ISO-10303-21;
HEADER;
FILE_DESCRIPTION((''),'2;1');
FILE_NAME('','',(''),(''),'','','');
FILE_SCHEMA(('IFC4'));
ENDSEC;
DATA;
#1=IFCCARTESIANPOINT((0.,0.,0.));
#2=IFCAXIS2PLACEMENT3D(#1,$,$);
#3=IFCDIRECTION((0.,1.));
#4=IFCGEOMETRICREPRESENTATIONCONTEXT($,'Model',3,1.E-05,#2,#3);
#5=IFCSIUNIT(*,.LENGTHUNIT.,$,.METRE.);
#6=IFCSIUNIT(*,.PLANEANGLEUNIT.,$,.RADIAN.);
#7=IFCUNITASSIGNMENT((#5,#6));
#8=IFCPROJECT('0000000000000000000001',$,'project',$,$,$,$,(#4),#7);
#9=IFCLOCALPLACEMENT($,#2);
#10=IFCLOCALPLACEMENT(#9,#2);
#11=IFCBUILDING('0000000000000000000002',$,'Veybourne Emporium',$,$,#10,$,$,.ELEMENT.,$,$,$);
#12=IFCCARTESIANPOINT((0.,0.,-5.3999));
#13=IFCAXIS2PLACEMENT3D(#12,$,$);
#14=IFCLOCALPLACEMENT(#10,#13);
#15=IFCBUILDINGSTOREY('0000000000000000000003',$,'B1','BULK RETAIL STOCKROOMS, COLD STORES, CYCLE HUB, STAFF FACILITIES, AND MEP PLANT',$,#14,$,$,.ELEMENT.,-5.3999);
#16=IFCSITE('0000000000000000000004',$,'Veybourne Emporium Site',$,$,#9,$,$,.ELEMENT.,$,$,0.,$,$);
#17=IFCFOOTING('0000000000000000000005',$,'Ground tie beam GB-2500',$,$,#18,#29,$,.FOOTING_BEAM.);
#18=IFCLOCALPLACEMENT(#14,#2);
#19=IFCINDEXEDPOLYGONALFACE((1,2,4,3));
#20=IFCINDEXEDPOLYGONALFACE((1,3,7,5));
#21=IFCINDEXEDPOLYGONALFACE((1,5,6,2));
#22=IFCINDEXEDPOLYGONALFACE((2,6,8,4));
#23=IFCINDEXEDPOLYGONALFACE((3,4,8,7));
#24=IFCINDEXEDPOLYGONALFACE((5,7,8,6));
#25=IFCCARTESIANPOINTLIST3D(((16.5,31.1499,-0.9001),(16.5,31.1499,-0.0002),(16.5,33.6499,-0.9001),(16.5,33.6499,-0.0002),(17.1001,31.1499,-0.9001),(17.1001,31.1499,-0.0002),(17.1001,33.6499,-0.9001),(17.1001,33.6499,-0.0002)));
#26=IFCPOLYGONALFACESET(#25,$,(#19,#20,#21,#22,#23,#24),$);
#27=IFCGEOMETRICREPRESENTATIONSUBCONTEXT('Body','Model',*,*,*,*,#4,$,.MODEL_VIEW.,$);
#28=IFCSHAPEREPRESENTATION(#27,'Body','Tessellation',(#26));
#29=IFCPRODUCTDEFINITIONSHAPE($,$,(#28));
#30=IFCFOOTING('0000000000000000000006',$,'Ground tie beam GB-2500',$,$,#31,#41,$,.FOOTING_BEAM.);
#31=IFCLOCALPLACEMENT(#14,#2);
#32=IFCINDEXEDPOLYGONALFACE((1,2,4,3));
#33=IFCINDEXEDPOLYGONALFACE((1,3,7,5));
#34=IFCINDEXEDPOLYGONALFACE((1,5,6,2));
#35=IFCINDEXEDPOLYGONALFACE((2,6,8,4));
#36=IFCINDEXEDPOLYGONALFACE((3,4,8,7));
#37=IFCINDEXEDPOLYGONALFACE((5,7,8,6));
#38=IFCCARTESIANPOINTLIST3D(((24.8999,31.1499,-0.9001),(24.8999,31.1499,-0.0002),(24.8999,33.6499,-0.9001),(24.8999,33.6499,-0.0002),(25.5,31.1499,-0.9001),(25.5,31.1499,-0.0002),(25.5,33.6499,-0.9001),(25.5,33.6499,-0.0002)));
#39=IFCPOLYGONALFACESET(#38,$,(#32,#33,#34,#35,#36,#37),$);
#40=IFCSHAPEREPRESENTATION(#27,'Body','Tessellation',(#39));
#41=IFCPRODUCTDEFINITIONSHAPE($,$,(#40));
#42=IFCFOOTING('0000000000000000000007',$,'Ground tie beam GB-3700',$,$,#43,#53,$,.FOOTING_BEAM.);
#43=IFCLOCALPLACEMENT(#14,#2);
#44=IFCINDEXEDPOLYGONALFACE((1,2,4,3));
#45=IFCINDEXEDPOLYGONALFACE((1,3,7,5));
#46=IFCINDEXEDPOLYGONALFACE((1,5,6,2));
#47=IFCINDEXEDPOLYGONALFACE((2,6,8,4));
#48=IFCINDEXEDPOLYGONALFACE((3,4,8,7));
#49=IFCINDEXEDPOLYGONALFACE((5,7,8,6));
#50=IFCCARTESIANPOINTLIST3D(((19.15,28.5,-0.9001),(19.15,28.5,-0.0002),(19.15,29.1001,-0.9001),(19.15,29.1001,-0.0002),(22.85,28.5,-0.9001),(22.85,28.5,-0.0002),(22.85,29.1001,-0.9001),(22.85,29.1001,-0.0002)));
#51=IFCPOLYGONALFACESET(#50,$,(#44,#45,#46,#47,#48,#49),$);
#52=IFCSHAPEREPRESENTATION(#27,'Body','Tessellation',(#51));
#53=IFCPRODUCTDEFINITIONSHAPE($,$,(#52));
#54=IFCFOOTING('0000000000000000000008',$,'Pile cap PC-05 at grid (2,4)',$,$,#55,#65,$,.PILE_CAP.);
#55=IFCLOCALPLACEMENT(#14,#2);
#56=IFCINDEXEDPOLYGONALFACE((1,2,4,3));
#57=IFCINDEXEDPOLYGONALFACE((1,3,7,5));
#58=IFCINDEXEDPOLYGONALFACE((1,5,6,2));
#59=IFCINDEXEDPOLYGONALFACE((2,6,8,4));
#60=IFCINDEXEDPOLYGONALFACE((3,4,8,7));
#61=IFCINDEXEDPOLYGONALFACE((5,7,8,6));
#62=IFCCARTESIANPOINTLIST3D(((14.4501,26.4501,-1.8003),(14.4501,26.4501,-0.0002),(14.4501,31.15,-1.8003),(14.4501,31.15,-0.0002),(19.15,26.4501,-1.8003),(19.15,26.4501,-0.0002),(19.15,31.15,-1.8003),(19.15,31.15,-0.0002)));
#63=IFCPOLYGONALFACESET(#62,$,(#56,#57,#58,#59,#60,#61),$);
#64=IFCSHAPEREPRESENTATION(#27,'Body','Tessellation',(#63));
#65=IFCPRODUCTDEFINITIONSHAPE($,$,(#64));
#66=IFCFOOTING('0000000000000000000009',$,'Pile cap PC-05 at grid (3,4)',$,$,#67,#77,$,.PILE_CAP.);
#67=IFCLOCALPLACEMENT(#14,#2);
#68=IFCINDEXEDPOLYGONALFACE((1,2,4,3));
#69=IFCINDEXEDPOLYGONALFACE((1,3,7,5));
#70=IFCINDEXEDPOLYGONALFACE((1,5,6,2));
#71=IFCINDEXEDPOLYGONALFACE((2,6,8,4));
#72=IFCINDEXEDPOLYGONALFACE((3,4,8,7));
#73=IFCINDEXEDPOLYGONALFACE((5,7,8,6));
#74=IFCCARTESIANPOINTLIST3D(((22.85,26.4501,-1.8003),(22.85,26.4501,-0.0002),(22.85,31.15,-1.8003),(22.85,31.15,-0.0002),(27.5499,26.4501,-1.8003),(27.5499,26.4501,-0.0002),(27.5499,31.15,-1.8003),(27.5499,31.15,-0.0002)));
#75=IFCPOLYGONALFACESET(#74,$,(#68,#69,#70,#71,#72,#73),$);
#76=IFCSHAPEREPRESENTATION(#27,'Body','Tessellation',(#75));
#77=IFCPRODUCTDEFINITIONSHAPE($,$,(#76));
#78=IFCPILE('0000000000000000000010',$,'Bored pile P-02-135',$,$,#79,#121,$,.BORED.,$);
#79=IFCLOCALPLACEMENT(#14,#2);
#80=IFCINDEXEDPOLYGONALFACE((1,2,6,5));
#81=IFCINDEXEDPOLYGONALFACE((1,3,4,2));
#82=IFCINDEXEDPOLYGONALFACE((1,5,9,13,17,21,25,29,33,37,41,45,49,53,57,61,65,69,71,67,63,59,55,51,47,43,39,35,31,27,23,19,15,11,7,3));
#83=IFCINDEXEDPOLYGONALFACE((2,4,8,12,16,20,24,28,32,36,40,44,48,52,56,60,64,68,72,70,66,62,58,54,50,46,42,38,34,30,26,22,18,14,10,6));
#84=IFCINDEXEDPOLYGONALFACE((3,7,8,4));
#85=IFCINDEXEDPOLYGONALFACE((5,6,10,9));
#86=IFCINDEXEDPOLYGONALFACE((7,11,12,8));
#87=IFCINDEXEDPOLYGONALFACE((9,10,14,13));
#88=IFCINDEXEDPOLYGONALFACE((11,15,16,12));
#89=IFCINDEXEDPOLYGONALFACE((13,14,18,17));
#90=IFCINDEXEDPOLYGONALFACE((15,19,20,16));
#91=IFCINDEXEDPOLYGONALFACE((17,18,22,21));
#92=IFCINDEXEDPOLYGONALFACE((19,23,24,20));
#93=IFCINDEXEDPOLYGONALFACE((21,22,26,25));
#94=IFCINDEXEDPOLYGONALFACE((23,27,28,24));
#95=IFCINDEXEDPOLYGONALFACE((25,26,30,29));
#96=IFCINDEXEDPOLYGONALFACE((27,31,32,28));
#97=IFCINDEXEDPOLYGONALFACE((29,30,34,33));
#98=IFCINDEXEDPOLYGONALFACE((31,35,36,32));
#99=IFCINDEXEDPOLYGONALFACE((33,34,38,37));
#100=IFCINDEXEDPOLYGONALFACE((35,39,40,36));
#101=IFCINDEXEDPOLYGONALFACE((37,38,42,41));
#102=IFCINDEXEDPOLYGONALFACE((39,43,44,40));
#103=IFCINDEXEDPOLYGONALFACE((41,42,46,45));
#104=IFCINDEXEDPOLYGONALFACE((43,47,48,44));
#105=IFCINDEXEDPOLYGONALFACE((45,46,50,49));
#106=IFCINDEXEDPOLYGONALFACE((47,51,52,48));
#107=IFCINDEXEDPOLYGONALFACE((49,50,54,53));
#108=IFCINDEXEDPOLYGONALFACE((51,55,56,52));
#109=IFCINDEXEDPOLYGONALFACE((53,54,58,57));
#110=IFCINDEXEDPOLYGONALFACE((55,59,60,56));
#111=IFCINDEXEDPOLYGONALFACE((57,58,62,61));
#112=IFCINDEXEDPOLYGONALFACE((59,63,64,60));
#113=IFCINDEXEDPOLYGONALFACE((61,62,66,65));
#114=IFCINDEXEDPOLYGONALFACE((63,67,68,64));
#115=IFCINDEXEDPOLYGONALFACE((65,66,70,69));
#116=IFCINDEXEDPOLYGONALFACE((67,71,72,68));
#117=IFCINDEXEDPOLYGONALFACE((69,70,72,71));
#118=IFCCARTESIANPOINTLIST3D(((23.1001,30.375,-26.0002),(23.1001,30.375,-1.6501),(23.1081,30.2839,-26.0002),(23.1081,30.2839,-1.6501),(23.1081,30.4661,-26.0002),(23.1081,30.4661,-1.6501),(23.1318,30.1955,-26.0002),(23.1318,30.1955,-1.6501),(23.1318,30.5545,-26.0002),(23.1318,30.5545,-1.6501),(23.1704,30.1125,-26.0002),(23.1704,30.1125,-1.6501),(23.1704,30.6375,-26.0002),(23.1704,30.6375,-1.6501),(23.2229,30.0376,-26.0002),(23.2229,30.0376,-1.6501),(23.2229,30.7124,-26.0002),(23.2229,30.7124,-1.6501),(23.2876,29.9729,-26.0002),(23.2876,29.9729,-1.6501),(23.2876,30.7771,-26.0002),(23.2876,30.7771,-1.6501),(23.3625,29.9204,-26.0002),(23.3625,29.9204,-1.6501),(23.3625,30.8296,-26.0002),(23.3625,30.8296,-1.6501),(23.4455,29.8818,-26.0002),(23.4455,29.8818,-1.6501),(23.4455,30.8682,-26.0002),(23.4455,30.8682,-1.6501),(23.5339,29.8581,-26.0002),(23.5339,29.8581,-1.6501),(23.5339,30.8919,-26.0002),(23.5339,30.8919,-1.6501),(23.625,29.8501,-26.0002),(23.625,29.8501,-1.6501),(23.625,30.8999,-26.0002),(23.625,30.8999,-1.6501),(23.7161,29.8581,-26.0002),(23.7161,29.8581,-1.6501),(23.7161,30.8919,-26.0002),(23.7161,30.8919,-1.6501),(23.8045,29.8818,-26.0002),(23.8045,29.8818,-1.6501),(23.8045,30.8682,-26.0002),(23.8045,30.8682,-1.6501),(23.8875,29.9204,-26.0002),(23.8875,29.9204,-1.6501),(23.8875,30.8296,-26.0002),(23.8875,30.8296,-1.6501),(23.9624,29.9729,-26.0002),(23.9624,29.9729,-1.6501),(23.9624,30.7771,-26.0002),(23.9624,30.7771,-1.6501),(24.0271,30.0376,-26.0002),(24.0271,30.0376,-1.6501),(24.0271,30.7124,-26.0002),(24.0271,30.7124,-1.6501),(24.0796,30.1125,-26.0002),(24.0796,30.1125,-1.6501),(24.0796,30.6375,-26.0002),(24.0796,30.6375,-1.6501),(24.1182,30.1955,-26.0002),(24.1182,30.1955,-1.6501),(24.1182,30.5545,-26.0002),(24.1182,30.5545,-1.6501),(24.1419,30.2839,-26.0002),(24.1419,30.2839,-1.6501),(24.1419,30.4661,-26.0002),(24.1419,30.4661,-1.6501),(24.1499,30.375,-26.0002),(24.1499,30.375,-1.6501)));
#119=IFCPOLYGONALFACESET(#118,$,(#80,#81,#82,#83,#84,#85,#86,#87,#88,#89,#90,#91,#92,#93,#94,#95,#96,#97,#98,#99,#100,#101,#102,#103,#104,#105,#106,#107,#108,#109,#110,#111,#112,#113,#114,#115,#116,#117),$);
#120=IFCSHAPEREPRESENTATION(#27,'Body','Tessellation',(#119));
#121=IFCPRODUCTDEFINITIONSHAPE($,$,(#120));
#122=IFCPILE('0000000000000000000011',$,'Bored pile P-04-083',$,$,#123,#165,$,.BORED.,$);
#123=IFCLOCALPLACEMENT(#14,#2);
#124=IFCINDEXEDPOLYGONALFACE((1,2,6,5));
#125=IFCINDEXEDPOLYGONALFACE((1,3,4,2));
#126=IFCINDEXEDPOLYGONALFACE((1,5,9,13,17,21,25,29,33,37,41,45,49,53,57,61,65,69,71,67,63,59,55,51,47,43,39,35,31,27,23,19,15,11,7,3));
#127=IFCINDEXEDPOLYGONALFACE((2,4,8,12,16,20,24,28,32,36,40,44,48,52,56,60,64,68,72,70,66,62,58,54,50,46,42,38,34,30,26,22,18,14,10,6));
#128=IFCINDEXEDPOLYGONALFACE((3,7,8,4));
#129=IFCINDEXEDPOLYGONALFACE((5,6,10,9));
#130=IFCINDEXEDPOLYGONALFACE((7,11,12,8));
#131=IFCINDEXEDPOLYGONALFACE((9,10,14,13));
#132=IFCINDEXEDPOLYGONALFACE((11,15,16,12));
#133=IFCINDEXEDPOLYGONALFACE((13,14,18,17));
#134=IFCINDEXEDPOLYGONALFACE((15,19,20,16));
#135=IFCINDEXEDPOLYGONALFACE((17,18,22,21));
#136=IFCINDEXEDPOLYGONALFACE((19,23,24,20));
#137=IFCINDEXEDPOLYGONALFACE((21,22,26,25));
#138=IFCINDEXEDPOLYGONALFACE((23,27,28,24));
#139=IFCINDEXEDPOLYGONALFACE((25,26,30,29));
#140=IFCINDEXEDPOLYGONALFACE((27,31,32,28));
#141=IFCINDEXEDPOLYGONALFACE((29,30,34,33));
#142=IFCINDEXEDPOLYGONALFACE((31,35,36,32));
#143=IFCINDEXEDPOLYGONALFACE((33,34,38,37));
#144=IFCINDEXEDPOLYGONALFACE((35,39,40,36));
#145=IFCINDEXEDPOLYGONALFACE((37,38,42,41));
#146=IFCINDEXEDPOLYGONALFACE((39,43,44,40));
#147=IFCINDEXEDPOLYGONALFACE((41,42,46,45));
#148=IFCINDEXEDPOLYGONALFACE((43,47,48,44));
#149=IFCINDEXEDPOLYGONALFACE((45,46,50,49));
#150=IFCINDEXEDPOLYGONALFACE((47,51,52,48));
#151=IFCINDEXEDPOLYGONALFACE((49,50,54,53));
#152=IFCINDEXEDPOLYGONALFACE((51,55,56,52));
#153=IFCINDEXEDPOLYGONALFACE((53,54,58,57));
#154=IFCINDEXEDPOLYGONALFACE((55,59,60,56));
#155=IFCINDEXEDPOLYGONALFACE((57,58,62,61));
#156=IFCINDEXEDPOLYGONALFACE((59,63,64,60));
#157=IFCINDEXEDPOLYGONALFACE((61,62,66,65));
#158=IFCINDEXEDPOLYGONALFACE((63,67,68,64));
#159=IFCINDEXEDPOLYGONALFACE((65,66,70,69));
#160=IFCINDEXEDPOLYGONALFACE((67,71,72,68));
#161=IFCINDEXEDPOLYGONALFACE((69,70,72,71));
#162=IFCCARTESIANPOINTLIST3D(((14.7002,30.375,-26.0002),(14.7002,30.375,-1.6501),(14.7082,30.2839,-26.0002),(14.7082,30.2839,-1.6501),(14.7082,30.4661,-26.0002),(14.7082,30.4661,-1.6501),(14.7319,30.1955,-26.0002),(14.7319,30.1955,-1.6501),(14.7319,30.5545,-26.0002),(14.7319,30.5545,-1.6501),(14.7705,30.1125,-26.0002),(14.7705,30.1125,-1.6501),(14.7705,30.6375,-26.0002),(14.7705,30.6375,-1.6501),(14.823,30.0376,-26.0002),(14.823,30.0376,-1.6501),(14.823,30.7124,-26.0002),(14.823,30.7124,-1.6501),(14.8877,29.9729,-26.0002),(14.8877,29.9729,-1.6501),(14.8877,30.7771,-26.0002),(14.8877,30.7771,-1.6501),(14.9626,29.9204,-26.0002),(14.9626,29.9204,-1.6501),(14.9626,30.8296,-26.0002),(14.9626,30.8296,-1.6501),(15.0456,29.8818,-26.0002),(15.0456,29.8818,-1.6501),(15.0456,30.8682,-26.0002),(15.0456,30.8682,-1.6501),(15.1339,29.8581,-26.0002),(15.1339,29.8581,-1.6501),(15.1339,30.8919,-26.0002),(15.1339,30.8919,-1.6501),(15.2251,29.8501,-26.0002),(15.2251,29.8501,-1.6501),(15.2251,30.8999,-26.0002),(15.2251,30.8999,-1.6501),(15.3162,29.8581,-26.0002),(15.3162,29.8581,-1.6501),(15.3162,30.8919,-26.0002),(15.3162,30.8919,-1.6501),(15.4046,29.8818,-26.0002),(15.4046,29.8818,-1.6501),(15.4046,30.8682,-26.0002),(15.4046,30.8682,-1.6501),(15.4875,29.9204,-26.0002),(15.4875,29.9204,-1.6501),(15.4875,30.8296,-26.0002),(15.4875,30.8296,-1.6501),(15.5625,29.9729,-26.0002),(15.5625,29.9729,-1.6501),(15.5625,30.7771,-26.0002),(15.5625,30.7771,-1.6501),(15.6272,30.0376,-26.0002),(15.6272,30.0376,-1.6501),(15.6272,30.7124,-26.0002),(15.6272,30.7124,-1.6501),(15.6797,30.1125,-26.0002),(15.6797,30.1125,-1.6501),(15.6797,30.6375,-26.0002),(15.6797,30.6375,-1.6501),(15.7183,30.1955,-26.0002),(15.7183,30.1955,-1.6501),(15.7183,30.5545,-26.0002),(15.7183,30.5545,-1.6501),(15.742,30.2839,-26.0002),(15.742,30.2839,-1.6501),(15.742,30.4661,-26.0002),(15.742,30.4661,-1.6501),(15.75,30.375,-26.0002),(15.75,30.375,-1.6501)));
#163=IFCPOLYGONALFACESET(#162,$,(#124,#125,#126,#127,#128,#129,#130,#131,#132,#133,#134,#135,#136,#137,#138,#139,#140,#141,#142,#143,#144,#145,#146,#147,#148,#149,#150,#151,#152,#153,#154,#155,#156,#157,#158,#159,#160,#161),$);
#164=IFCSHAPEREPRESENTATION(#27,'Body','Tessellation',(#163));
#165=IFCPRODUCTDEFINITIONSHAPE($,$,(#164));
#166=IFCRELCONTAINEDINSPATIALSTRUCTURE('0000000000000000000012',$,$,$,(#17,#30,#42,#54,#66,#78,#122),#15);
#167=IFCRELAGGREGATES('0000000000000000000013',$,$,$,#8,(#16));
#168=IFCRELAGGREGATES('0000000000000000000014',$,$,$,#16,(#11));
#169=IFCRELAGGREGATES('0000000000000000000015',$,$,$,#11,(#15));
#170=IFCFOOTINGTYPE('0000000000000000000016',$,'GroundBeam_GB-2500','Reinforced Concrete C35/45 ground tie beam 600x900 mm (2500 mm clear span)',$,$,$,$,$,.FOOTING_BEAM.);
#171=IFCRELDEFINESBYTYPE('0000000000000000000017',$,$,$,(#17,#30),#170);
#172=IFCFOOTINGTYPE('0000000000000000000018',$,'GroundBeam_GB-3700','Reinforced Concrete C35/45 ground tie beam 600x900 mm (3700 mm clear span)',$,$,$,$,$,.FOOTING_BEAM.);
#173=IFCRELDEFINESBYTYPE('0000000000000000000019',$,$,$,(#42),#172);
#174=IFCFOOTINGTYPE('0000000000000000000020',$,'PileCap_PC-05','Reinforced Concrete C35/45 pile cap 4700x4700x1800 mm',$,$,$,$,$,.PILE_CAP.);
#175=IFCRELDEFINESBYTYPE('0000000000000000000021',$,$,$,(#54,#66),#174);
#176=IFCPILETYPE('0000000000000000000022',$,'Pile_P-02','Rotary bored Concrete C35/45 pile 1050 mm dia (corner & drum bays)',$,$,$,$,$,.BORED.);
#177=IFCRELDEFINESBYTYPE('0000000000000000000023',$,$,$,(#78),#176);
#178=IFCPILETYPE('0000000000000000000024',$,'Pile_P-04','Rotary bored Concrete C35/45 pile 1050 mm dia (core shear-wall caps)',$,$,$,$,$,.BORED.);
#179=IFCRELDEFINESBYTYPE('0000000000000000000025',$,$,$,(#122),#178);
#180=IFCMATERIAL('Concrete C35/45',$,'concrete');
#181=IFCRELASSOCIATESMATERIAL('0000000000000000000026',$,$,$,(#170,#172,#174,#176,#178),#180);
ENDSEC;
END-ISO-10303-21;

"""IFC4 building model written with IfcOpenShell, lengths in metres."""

from ifc_helpers import new_model, si_unit, direction, frame, origin, origin_2d, place, context, subcontext, project, spatial, rectangle, circle, extrude, material, material_profile, profile_set, type_object, element, save


model = new_model("IFC4")

# Units and contexts
model_context = context("Model", 3, precision=1e-05, world=origin(), true_north=direction((0.0, 1.0)))
body_context = subcontext(model_context, "Body", "Model", "MODEL_VIEW")
ifc_project = project(units=[si_unit("LENGTHUNIT", "METRE"), si_unit("PLANEANGLEUNIT", "RADIAN")], contexts=[model_context])

# Site, building, storey
site_placement = place(None, origin())
site = spatial("IfcSite", under=ifc_project, at=site_placement, Name="Veybourne Emporium Site", CompositionType="ELEMENT", RefElevation=0.0)
building_placement = place(site_placement, origin())
building = spatial("IfcBuilding", under=site, at=building_placement, Name="Veybourne Emporium", CompositionType="ELEMENT")
storey_placement = place(building_placement, frame((0.0, 0.0, -5.3999)))
storey = spatial("IfcBuildingStorey", under=building, at=storey_placement, Name="B1", Description="BULK RETAIL STOCKROOMS, COLD STORES, CYCLE HUB, STAFF FACILITIES, AND MEP PLANT", CompositionType="ELEMENT", Elevation=-5.3999)

# Footings
ifc_material_1 = material(Name="Concrete C35/45", Category="concrete")
footing_type_1 = type_object("IfcFootingType", Name="GroundBeam_GB-2500", Description="Reinforced Concrete C35/45 ground tie beam 600x900 mm (2500 mm clear span)", PredefinedType="FOOTING_BEAM", material=ifc_material_1)
for number, where, z_axis, x_axis, name in (
    (1, (16.8, 32.3999, -0.9001), (0.0, 0.0, 1.0), (0.0, 1.0, 0.0), "Ground tie beam GB-2500"),
    (2, (25.2, 32.3999, -0.9001), (0.0, 0.0, 1.0), (0.0, 1.0, 0.0), "Ground tie beam GB-2500"),
):
    element("IfcFooting", number, at=place(storey_placement, frame(where, z_axis=z_axis, x_axis=x_axis)), inside=storey, type_object=footing_type_1, Name=name, PredefinedType="FOOTING_BEAM", context=body_context, shape_type="SweptSolid", body=[
        extrude(rectangle(XDim=2.5, YDim=0.6001, at=origin_2d()), origin(), (0.0, 0.0, 1.0), 0.8999),
    ])
footing_type_2 = type_object("IfcFootingType", Name="GroundBeam_GB-3700", Description="Reinforced Concrete C35/45 ground tie beam 600x900 mm (3700 mm clear span)", PredefinedType="FOOTING_BEAM", material=ifc_material_1)
footing_placement = place(storey_placement, frame((21.0, 28.8, -0.9001), z_axis=(0.0, 0.0, 1.0), x_axis=(1.0, 0.0, 0.0)))
element("IfcFooting", 3, at=footing_placement, inside=storey, type_object=footing_type_2, Name="Ground tie beam GB-3700", PredefinedType="FOOTING_BEAM", context=body_context, shape_type="SweptSolid", body=[
    extrude(rectangle(XDim=3.7, YDim=0.6001, at=origin_2d()), origin(), (0.0, 0.0, 1.0), 0.8999),
])
footing_type_3 = type_object("IfcFootingType", Name="PileCap_PC-05", Description="Reinforced Concrete C35/45 pile cap 4700x4700x1800 mm", PredefinedType="PILE_CAP", material=ifc_material_1)
for number, where, z_axis, x_axis, name in (
    (4, (16.8, 28.8, -1.8003), (0.0, 0.0, 1.0), (1.0, 0.0, 0.0), "Pile cap PC-05 at grid (2,4)"),
    (5, (25.2, 28.8, -1.8003), (0.0, 0.0, 1.0), (1.0, 0.0, 0.0), "Pile cap PC-05 at grid (3,4)"),
):
    element("IfcFooting", number, at=place(storey_placement, frame(where, z_axis=z_axis, x_axis=x_axis)), inside=storey, type_object=footing_type_3, Name=name, PredefinedType="PILE_CAP", context=body_context, shape_type="SweptSolid", body=[
        extrude(rectangle(XDim=4.7, YDim=4.7, at=origin_2d()), origin(), (0.0, 0.0, 1.0), 1.8),
    ])

# Piles
ifc_material_profile_1 = material_profile(ifc_material_1, circle(Radius=0.5249, at=origin_2d()), Name="BORED PILE 1050")
ifc_profile_set_1 = profile_set([ifc_material_profile_1], Name="Concrete C35/45")
pile_type_1 = type_object("IfcPileType", Name="Pile_P-02", Description="Rotary bored Concrete C35/45 pile 1050 mm dia (corner & drum bays)", PredefinedType="BORED", material=ifc_profile_set_1)
pile_placement = place(storey_placement, frame((23.625, 30.375, -1.6501), z_axis=(0.0, 0.0, -1.0), x_axis=(1.0, 0.0, 0.0)))
element("IfcPile", 6, at=pile_placement, inside=storey, type_object=pile_type_1, Name="Bored pile P-02-135", PredefinedType="BORED", context=body_context, shape_type="SweptSolid", body=[
    extrude(circle(Radius=0.5249, at=origin_2d()), origin(), (0.0, 0.0, 1.0), 24.3501),
])
ifc_material_profile_2 = material_profile(ifc_material_1, circle(Radius=0.5249, at=origin_2d()), Name="BORED PILE 1050")
ifc_profile_set_2 = profile_set([ifc_material_profile_2], Name="Concrete C35/45")
pile_type_2 = type_object("IfcPileType", Name="Pile_P-04", Description="Rotary bored Concrete C35/45 pile 1050 mm dia (core shear-wall caps)", PredefinedType="BORED", material=ifc_profile_set_2)
for number, where, z_axis, x_axis, name in (
    (7, (15.2251, 30.375, -1.6501), (0.0, 0.0, -1.0), (1.0, 0.0, 0.0), "Bored pile P-04-083"),
):
    element("IfcPile", number, at=place(storey_placement, frame(where, z_axis=z_axis, x_axis=x_axis)), inside=storey, type_object=pile_type_2, Name=name, PredefinedType="BORED", context=body_context, shape_type="SweptSolid", body=[
        extrude(circle(Radius=0.5249, at=origin_2d()), origin(), (0.0, 0.0, 1.0), 24.3501),
    ])

save(model, "model.ifc")
